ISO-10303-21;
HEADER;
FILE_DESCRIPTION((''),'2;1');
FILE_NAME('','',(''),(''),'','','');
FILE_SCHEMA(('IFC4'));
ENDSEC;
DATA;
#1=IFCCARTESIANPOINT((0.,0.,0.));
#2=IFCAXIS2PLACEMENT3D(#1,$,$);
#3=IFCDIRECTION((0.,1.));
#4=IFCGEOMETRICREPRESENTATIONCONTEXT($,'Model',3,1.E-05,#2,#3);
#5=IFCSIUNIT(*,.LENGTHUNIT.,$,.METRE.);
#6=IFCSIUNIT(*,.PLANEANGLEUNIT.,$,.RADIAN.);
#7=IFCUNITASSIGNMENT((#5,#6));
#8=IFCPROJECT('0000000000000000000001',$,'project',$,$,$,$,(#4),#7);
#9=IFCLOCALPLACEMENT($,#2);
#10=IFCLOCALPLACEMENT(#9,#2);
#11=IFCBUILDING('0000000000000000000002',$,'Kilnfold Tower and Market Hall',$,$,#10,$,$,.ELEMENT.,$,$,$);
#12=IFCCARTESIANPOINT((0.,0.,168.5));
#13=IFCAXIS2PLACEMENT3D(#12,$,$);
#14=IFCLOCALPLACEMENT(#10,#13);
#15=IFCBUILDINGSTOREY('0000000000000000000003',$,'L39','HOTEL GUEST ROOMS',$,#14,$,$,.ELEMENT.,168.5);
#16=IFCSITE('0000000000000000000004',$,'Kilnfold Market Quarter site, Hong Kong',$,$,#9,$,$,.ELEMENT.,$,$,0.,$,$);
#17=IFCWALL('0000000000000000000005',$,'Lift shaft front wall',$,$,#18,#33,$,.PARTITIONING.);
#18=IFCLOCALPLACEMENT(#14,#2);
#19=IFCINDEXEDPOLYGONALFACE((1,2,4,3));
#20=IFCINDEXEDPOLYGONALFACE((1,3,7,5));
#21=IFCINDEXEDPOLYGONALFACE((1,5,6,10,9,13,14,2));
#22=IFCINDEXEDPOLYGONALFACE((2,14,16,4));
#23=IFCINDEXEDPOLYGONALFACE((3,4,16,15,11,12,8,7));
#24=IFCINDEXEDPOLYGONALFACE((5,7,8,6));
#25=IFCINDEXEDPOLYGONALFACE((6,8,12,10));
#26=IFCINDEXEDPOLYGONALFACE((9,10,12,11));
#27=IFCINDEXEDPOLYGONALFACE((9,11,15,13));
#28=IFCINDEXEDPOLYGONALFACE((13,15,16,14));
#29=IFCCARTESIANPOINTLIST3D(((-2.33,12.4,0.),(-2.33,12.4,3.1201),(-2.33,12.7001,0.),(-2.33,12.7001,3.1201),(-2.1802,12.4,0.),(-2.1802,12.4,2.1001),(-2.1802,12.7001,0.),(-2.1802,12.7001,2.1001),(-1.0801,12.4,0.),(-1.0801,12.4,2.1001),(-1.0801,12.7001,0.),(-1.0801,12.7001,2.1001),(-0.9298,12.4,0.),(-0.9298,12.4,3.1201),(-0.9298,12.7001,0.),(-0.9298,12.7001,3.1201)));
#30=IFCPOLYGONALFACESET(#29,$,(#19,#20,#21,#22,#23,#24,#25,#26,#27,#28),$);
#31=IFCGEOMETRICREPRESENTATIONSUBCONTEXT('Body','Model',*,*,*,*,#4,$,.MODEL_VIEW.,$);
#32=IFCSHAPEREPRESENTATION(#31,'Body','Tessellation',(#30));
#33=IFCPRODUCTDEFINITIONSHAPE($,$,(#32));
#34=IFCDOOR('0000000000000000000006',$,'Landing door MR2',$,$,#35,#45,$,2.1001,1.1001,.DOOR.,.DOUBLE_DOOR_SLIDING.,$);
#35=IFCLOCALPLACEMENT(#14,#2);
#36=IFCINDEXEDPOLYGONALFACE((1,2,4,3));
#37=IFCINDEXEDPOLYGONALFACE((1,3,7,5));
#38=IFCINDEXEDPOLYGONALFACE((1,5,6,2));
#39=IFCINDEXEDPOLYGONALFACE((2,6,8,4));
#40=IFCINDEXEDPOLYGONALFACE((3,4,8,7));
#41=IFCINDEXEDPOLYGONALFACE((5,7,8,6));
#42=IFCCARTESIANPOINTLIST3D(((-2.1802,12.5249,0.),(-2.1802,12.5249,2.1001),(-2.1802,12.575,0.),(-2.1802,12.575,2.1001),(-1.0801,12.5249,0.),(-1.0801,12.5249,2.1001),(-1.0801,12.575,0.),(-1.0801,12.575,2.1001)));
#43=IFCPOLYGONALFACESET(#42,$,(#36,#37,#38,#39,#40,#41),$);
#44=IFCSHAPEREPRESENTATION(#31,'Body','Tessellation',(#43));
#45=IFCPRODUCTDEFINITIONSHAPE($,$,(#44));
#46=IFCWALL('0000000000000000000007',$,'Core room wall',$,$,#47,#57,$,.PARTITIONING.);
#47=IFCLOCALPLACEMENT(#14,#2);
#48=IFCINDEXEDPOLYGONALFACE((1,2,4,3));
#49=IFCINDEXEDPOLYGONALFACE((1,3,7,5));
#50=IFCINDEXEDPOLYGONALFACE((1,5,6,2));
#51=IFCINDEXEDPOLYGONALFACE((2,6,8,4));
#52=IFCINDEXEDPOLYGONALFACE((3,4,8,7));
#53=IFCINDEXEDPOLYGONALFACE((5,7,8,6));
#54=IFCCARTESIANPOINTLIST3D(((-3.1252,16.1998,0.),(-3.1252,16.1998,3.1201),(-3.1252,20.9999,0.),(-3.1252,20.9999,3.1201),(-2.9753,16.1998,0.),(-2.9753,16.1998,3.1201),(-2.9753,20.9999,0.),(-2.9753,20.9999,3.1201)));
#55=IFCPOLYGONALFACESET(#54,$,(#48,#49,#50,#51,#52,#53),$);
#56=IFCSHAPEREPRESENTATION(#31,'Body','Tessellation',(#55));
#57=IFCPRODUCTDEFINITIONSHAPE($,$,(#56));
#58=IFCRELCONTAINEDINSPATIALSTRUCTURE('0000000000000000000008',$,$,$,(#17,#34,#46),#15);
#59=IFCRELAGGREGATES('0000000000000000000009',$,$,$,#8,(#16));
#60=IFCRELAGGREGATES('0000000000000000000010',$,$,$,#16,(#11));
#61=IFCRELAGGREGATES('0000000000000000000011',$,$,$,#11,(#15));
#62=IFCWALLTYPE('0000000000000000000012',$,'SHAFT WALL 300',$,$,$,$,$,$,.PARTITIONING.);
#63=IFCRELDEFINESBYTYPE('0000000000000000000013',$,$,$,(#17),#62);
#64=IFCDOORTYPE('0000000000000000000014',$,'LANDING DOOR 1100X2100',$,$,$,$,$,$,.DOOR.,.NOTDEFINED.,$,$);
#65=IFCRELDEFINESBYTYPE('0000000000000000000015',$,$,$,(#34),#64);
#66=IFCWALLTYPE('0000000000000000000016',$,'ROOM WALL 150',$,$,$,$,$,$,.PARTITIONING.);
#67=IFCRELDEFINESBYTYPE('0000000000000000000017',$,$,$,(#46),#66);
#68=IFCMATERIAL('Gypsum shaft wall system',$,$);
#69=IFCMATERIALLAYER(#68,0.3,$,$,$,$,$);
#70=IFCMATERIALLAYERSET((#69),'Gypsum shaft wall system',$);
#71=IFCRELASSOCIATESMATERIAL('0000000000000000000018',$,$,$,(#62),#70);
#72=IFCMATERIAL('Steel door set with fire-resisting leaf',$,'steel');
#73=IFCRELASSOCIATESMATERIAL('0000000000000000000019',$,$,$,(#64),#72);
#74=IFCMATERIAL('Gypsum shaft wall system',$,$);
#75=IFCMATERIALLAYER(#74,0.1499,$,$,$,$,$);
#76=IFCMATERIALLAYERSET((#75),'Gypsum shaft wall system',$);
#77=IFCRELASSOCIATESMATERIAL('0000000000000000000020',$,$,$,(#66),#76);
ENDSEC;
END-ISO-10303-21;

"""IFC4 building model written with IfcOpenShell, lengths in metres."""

from ifc_helpers import new_model, si_unit, direction, frame, frame_2d, origin, place, context, subcontext, project, spatial, rectangle, extrude, source, transform, mapped, material, layer, layer_set, type_object, element, fill, save


model = new_model("IFC4")

# Units and contexts
model_context = context("Model", 3, precision=1e-05, world=origin(), true_north=direction((0.0, 1.0)))
body_context = subcontext(model_context, "Body", "Model", "MODEL_VIEW")
ifc_project = project(units=[si_unit("LENGTHUNIT", "METRE"), si_unit("PLANEANGLEUNIT", "RADIAN")], contexts=[model_context])

# Site, building, storey
site_placement = place(None, origin())
site = spatial("IfcSite", under=ifc_project, at=site_placement, Name="Kilnfold Market Quarter site, Hong Kong", CompositionType="ELEMENT", RefElevation=0.0)
building_placement = place(site_placement, origin())
building = spatial("IfcBuilding", under=site, at=building_placement, Name="Kilnfold Tower and Market Hall", CompositionType="ELEMENT")
storey_placement = place(building_placement, frame((0.0, 0.0, 168.5)))
storey = spatial("IfcBuildingStorey", under=building, at=storey_placement, Name="L39", Description="HOTEL GUEST ROOMS", CompositionType="ELEMENT", Elevation=168.5)

# Wall, opening, door
ifc_material_1 = material(Name="Gypsum shaft wall system")
ifc_layer_1 = layer(ifc_material_1, 0.3)
ifc_layer_set_1 = layer_set([ifc_layer_1], Name="Gypsum shaft wall system")
wall_type_1 = type_object("IfcWallType", Name="SHAFT WALL 300", PredefinedType="PARTITIONING", material=ifc_layer_set_1)
shared_shape_1 = source(origin(), body_context, "Body", "SweptSolid", [
    extrude(rectangle(XDim=1.4001, YDim=0.3, at=frame_2d((0.7002, 0.0))), origin(), (0.0, 0.0, 1.0), 3.1201),
])
wall_1_placement = place(storey_placement, frame((-2.3301, 12.55, 0.0), z_axis=(0.0, 0.0, 1.0), x_axis=(1.0, 0.0, 0.0)))
wall_1 = element("IfcWall", 1, at=wall_1_placement, inside=storey, type_object=wall_type_1, Name="Lift shaft front wall", PredefinedType="PARTITIONING", context=body_context, shape_type="MappedRepresentation", body=[
    mapped(shared_shape_1, transform((0.0, 0.0, 0.0))),
])
opening_1_placement = place(wall_1_placement, frame((0.1499, 0.0, 0.0)))
opening_1 = element("IfcOpeningElement", 2, at=opening_1_placement, cuts=wall_1, PredefinedType="OPENING", context=body_context, shape_type="SweptSolid", body=[
    extrude(rectangle(XDim=1.1001, YDim=2.1001, at=frame_2d((0.55, 1.05))), frame((0.0, 0.1602, 0.0), z_axis=(0.0, -1.0, 0.0), x_axis=(1.0, 0.0, 0.0)), (0.0, 0.0, 1.0), 0.3201),
])
ifc_material_2 = material(Name="Steel door set with fire-resisting leaf", Category="steel")
door_type_1 = type_object("IfcDoorType", Name="LANDING DOOR 1100X2100", OperationType="NOTDEFINED", PredefinedType="DOOR", material=ifc_material_2)
door_1_placement = place(opening_1_placement, origin())
door_1 = element("IfcDoor", 3, at=door_1_placement, inside=storey, type_object=door_type_1, Name="Landing door MR2", OperationType="DOUBLE_DOOR_SLIDING", OverallHeight=2.1001, OverallWidth=1.1001, PredefinedType="DOOR", context=body_context, shape_type="SweptSolid", body=[
    extrude(rectangle(XDim=1.1001, YDim=2.1001, at=frame_2d((0.55, 1.05))), frame((0.0, 0.0249, 0.0), z_axis=(0.0, -1.0, 0.0), x_axis=(1.0, 0.0, 0.0)), (0.0, 0.0, 1.0), 0.05),
])
fill(opening_1, door_1)

# Wall
ifc_material_3 = material(Name="Gypsum shaft wall system")
ifc_layer_2 = layer(ifc_material_3, 0.1499)
ifc_layer_set_2 = layer_set([ifc_layer_2], Name="Gypsum shaft wall system")
wall_type_2 = type_object("IfcWallType", Name="ROOM WALL 150", PredefinedType="PARTITIONING", material=ifc_layer_set_2)
shared_shape_2 = source(origin(), body_context, "Body", "SweptSolid", [
    extrude(rectangle(XDim=4.8, YDim=0.1499, at=frame_2d((2.3999, 0.0))), origin(), (0.0, 0.0, 1.0), 3.1201),
])
wall_2_placement = place(storey_placement, frame((-3.0503, 16.2, 0.0), z_axis=(0.0, 0.0, 1.0), x_axis=(0.0, 1.0, 0.0)))
element("IfcWall", 4, at=wall_2_placement, inside=storey, type_object=wall_type_2, Name="Core room wall", PredefinedType="PARTITIONING", context=body_context, shape_type="MappedRepresentation", body=[
    mapped(shared_shape_2, transform((0.0, 0.0, 0.0))),
])

save(model, "model.ifc")
